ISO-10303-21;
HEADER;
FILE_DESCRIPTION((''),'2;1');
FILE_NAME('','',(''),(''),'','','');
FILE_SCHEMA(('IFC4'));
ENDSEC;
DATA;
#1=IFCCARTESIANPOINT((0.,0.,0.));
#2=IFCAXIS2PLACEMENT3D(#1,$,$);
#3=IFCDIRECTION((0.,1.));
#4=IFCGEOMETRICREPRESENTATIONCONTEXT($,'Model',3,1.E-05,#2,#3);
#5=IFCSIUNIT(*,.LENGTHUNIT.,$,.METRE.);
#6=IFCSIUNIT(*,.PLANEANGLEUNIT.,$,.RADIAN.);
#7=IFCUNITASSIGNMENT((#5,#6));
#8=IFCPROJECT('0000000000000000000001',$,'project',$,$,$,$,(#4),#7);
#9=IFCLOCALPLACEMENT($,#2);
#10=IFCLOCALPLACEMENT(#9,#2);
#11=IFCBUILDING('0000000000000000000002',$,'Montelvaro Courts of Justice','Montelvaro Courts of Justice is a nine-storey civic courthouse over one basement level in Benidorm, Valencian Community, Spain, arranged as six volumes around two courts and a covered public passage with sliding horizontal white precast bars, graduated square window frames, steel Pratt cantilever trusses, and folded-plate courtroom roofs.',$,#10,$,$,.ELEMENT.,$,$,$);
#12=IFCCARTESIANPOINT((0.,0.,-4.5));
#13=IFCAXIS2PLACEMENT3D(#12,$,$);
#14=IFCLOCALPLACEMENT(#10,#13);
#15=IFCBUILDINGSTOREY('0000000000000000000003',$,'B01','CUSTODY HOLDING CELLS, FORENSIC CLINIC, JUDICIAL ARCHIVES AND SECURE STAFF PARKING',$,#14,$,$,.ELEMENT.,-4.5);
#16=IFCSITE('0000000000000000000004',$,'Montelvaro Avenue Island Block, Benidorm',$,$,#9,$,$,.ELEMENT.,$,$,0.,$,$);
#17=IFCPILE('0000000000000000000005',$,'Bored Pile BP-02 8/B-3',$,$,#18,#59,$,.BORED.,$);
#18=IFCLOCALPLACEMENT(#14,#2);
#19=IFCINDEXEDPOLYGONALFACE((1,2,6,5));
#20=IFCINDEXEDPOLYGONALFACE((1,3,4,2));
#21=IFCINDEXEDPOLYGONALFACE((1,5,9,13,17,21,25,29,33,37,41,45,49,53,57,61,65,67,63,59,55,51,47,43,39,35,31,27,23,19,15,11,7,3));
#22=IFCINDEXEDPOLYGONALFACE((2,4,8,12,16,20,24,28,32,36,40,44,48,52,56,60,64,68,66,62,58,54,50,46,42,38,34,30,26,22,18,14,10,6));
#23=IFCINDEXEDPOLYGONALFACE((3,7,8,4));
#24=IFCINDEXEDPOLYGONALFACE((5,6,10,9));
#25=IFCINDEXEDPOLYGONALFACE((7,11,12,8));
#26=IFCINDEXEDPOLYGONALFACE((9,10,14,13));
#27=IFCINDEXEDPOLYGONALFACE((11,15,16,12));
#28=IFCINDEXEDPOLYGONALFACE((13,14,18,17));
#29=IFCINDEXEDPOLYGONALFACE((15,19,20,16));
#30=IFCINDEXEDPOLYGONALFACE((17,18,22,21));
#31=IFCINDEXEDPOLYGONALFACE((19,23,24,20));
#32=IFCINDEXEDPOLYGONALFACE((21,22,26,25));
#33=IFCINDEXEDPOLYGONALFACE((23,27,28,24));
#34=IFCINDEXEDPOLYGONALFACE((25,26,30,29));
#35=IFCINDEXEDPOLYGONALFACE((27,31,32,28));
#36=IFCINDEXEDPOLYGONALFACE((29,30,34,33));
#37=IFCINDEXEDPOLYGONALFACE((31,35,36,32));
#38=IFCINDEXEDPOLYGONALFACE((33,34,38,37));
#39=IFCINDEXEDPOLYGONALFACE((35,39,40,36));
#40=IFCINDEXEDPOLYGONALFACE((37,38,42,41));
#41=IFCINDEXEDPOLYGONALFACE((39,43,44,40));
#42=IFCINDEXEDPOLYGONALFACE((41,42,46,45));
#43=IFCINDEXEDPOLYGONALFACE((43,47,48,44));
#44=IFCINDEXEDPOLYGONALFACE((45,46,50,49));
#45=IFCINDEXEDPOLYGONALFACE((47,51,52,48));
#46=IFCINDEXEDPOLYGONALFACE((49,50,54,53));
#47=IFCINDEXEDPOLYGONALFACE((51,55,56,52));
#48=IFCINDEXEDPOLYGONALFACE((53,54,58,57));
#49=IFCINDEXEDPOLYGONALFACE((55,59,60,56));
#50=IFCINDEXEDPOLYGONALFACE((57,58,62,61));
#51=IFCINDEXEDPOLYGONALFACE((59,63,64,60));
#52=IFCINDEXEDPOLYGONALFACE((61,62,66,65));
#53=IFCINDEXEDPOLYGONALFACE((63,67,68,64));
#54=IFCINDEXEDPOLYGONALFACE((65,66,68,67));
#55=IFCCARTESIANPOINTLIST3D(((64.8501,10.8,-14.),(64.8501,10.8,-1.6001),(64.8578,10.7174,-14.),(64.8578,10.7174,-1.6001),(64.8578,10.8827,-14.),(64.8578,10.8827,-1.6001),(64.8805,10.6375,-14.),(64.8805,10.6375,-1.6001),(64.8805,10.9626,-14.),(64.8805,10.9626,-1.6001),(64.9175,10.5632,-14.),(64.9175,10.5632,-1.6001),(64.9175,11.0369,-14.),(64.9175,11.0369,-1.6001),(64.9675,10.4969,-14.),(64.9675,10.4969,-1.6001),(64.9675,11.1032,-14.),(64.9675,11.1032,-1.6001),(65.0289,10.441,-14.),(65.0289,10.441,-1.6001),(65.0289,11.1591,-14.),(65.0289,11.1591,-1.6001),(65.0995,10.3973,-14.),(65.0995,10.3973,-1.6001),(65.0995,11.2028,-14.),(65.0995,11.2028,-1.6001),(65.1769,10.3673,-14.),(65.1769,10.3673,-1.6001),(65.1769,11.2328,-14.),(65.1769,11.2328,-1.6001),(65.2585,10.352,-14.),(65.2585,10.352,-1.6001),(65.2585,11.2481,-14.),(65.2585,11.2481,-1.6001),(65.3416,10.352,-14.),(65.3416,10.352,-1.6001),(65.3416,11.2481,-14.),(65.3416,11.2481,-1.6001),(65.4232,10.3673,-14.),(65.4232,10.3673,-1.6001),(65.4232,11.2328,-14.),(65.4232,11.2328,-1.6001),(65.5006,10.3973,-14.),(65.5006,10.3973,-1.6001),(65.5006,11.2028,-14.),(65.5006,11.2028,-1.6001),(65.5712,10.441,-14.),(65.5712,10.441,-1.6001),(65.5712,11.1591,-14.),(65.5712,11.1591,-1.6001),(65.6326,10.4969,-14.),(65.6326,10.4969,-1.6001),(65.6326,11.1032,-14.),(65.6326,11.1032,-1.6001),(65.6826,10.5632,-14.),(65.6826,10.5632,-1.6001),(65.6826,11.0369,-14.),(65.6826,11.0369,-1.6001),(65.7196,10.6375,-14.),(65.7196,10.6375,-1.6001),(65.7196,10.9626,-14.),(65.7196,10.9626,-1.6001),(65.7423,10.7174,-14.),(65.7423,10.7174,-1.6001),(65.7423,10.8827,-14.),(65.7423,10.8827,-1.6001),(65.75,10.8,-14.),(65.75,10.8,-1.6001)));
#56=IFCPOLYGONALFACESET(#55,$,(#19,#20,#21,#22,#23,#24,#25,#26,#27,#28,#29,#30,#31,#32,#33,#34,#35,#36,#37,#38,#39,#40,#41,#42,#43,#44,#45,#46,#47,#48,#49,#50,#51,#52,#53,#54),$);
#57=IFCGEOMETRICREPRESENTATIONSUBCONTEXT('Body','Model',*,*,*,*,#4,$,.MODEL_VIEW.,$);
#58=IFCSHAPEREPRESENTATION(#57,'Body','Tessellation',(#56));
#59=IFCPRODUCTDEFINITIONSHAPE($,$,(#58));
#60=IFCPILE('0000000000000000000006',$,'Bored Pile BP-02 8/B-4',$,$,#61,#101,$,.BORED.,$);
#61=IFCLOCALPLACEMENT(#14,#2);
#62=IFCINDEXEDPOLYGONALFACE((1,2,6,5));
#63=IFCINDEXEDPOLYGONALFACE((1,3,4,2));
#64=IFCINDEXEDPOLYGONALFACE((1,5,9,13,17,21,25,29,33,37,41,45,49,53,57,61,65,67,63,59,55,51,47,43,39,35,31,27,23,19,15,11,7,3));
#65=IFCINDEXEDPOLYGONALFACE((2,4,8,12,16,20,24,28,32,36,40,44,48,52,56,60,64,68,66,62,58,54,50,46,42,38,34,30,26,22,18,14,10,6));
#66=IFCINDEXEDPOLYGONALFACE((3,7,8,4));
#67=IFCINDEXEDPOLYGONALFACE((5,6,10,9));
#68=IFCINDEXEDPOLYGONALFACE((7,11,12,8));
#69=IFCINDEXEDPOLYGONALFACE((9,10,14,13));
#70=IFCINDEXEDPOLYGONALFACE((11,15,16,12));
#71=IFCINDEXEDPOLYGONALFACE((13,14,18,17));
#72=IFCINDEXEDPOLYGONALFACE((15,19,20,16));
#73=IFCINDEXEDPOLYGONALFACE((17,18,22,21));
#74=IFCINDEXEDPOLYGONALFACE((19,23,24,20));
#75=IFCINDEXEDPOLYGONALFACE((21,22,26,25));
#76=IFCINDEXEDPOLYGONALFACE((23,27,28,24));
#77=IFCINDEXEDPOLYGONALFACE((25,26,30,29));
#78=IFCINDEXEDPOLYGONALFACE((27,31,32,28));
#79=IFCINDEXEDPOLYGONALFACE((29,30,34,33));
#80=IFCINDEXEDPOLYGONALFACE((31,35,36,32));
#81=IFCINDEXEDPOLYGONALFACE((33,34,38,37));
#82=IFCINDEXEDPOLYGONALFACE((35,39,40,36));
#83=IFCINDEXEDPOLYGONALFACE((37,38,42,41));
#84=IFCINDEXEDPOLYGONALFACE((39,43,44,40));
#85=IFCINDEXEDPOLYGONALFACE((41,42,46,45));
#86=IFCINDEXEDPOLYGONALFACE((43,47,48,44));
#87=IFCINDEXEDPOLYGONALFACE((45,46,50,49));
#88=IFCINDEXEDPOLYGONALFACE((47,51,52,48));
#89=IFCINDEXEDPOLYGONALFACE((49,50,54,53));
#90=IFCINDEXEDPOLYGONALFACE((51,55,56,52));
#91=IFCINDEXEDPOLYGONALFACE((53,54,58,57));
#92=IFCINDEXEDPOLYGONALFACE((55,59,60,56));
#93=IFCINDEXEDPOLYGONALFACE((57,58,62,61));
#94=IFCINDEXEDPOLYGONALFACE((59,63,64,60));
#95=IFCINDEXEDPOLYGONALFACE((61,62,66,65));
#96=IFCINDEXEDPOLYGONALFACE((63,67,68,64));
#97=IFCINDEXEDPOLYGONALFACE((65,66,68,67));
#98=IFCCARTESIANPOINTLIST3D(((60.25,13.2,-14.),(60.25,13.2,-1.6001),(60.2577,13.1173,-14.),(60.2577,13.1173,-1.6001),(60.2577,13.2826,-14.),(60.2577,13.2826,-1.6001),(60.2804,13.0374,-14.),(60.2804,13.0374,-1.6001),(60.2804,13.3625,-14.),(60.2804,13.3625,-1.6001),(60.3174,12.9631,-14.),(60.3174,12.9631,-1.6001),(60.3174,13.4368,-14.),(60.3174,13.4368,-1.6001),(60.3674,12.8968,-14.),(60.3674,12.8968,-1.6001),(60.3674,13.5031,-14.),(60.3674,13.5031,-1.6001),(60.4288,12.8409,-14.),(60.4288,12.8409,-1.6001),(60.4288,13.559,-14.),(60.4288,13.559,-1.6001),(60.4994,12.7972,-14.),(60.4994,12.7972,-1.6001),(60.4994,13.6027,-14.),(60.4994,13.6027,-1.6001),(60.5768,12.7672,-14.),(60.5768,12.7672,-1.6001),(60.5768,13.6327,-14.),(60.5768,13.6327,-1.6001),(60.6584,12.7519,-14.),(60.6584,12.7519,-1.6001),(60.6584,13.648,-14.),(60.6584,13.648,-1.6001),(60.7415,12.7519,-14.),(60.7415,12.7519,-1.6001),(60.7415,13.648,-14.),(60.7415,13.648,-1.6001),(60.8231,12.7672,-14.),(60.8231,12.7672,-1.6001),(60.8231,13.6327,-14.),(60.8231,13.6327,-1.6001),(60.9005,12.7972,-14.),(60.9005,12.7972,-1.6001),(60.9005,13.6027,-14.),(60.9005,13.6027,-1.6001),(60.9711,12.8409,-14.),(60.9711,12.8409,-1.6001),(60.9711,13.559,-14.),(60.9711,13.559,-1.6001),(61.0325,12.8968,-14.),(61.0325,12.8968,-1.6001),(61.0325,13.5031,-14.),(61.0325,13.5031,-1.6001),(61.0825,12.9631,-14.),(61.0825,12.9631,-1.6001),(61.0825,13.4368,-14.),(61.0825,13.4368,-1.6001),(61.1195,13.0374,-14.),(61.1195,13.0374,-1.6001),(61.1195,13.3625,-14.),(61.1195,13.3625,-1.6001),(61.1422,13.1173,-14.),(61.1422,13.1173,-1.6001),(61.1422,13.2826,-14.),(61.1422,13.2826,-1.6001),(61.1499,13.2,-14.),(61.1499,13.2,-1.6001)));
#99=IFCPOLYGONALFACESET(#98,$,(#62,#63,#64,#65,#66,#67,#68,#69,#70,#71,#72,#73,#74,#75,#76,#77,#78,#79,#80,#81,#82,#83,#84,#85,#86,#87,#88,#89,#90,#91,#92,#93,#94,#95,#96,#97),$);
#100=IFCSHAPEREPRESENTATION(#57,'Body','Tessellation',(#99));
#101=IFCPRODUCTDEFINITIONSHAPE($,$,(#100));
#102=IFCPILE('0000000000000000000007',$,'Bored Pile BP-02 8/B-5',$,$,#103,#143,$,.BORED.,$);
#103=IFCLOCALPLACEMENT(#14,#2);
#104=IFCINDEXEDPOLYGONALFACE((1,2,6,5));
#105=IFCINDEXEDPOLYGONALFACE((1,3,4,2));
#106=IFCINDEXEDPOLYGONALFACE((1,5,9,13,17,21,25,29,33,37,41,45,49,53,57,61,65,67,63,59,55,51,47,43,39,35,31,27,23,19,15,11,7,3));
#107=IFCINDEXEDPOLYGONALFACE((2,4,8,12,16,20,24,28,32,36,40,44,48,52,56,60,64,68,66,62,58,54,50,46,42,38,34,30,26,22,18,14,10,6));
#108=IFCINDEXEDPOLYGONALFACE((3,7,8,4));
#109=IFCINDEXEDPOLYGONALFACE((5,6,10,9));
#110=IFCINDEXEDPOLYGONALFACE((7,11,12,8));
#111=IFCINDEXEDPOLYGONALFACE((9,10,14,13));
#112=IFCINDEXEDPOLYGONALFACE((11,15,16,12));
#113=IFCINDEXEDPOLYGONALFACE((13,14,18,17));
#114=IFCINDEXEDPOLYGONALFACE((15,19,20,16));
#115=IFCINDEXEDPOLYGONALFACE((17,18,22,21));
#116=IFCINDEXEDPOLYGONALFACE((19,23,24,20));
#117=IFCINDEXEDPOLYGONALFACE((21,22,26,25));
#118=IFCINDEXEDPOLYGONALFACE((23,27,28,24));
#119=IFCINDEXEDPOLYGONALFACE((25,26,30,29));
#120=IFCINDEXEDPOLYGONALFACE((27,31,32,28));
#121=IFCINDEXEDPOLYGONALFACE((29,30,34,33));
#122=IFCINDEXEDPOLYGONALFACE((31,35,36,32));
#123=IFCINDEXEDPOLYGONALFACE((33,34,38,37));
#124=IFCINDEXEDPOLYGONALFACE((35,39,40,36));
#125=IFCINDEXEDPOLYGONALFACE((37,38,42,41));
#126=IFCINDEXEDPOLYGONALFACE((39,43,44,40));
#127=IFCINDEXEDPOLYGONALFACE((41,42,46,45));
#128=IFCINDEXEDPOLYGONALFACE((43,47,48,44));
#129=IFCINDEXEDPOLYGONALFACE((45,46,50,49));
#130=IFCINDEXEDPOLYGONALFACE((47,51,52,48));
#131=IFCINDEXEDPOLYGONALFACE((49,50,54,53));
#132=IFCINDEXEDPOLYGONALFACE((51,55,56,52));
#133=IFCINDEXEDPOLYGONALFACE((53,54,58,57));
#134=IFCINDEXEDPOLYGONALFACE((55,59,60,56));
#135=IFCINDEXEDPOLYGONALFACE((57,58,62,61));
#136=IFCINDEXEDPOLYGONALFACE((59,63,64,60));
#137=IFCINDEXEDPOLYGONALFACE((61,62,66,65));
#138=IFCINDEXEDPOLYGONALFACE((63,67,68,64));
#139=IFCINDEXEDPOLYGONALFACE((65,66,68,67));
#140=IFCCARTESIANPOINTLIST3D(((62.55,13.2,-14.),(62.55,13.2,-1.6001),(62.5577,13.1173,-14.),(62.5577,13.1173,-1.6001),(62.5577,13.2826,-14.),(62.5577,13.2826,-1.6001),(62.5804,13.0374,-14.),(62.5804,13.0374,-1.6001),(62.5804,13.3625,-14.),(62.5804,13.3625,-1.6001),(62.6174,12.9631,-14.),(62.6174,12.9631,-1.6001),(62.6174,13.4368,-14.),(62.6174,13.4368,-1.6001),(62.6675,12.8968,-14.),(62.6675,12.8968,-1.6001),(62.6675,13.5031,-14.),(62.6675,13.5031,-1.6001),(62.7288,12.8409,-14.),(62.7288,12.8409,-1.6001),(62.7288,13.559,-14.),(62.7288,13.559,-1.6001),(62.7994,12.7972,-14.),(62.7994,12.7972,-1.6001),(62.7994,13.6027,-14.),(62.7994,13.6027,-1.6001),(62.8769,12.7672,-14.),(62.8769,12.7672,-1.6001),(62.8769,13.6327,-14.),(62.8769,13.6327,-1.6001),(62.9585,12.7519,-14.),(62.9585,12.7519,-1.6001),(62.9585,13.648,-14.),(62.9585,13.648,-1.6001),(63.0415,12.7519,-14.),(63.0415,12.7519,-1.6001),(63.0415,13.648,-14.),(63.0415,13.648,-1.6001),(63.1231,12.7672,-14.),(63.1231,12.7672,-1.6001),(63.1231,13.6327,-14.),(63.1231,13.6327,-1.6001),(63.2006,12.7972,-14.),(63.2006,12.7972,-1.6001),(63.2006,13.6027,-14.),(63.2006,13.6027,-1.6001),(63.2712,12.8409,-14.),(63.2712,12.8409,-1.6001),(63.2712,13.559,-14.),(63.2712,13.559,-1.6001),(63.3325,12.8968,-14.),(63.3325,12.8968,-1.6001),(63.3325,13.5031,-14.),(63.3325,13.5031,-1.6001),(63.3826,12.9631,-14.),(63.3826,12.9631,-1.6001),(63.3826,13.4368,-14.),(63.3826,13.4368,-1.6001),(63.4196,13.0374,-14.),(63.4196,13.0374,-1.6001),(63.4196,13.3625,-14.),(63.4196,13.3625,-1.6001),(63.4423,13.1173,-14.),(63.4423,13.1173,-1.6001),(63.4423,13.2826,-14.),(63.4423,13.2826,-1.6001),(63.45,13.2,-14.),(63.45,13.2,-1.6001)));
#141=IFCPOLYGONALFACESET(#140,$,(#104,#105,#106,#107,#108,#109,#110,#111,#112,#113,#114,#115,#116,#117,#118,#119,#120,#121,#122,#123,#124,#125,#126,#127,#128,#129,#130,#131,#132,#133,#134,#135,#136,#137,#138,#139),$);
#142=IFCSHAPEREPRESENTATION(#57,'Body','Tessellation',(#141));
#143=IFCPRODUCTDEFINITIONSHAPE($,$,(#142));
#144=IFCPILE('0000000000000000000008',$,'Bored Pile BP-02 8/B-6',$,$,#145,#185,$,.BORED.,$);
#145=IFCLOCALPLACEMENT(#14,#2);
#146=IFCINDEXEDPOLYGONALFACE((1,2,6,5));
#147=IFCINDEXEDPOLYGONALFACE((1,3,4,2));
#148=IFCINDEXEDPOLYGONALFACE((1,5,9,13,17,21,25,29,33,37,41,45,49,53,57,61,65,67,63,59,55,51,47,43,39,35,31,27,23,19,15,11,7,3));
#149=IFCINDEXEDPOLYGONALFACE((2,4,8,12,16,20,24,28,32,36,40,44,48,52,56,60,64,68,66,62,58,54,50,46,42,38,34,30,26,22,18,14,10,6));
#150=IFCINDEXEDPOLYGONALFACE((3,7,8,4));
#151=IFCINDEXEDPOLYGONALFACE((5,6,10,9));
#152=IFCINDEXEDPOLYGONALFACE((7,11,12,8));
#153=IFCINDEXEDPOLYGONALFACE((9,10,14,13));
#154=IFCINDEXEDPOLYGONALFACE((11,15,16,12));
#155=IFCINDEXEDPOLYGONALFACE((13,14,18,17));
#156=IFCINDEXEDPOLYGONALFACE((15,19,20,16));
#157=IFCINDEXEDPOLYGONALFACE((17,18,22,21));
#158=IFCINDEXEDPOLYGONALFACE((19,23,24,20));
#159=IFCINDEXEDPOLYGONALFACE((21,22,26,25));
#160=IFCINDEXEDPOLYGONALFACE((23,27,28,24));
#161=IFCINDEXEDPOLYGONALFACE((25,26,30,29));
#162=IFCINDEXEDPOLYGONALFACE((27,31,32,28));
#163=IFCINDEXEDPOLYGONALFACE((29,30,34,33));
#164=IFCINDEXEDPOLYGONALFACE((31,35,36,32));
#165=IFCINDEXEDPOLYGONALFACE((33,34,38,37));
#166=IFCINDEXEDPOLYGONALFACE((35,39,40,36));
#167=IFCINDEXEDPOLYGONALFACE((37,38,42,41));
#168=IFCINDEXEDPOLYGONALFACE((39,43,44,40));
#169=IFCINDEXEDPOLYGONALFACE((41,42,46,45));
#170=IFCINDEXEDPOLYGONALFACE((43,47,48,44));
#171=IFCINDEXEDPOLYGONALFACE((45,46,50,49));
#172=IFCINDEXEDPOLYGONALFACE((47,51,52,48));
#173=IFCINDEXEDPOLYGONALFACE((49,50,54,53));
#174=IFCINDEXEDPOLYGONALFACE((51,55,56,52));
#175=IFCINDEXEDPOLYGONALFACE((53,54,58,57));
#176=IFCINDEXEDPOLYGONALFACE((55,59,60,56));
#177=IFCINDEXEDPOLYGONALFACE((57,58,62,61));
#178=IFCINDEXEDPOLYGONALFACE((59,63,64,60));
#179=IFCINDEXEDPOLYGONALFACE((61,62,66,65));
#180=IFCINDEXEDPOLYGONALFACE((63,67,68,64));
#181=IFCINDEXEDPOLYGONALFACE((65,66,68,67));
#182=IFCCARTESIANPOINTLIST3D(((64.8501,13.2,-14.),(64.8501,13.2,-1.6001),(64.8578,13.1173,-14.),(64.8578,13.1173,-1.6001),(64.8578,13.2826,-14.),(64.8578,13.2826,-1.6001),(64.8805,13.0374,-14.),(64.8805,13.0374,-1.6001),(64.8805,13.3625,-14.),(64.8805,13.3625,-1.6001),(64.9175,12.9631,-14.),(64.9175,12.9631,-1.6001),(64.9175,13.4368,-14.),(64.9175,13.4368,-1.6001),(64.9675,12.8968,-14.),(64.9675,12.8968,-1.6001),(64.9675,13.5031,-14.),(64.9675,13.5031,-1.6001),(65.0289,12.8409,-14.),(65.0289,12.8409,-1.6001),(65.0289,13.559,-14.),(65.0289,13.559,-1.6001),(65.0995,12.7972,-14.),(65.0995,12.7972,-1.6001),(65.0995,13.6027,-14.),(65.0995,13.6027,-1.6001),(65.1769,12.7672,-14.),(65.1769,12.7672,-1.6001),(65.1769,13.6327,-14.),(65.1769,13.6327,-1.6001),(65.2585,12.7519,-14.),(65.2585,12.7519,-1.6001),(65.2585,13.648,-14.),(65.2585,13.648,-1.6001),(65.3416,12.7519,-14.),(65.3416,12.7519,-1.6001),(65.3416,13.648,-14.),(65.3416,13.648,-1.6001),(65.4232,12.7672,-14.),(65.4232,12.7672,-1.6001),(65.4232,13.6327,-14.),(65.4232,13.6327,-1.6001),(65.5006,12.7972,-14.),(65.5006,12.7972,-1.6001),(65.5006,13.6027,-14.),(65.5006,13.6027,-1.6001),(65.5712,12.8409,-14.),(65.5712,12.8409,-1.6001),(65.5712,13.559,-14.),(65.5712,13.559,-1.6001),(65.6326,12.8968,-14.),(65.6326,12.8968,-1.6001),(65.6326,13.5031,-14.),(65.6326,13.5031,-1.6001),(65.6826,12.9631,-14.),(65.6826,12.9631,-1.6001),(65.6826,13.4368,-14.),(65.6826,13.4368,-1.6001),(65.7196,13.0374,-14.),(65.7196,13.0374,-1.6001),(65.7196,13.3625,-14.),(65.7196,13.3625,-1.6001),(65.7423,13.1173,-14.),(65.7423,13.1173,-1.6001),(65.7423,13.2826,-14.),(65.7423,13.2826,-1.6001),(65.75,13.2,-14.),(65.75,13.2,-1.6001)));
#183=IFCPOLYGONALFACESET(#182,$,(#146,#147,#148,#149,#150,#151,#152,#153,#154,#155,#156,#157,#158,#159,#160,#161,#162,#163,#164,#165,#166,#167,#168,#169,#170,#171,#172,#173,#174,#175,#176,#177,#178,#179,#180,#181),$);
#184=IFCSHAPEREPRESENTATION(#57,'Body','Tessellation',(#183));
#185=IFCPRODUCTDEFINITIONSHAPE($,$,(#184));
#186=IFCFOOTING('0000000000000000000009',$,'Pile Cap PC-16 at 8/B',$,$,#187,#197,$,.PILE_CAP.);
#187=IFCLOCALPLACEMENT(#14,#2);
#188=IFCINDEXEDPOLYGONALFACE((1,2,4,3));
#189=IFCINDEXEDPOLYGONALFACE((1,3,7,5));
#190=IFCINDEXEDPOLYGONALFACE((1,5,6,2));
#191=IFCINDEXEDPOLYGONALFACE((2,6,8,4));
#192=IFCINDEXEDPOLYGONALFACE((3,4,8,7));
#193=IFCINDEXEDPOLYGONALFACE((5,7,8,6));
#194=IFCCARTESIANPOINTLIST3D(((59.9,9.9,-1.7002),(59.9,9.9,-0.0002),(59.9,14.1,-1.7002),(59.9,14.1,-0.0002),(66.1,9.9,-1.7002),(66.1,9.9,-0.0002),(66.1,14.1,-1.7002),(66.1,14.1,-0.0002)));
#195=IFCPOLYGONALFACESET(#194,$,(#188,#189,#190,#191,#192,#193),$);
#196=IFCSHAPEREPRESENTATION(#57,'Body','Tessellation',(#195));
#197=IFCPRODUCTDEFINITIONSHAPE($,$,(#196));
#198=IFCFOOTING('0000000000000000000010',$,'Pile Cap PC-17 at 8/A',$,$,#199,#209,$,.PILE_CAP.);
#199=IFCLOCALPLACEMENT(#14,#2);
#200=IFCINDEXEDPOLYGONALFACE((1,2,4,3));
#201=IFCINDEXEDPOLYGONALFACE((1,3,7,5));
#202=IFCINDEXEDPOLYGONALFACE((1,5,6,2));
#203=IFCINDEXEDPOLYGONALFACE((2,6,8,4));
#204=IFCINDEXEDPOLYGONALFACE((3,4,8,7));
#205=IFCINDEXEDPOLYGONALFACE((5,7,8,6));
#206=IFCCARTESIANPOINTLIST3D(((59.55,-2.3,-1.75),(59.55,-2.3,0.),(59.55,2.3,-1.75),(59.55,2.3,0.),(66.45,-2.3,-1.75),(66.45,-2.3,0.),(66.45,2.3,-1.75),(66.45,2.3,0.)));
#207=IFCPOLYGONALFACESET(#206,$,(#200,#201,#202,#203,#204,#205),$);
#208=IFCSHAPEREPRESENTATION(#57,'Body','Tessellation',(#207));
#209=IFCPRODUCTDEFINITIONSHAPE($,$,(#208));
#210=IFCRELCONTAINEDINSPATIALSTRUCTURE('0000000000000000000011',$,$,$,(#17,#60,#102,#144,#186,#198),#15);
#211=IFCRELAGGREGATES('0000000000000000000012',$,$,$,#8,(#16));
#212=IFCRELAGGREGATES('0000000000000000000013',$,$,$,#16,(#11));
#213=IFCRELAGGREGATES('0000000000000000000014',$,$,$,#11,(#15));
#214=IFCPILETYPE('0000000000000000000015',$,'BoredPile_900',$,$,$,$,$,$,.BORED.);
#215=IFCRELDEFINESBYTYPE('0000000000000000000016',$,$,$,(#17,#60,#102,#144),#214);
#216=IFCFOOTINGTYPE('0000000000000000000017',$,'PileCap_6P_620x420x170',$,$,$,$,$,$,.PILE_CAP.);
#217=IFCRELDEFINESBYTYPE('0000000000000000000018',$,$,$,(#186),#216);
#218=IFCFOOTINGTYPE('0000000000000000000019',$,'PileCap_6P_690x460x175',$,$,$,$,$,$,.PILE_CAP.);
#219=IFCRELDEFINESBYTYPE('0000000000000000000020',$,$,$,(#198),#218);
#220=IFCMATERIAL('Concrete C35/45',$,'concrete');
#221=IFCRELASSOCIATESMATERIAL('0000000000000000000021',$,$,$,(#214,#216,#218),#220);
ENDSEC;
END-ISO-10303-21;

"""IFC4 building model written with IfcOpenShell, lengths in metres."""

from ifc_helpers import new_model, si_unit, direction, frame, origin, origin_2d, place, context, subcontext, project, spatial, rectangle, circle, extrude, material, material_profile, profile_set, type_object, element, save


model = new_model("IFC4")

# Units and contexts
model_context = context("Model", 3, precision=1e-05, world=origin(), true_north=direction((0.0, 1.0)))
body_context = subcontext(model_context, "Body", "Model", "MODEL_VIEW")
ifc_project = project(units=[si_unit("LENGTHUNIT", "METRE"), si_unit("PLANEANGLEUNIT", "RADIAN")], contexts=[model_context])

# Site, building, storey
site_placement = place(None, origin())
site = spatial("IfcSite", under=ifc_project, at=site_placement, Name="Montelvaro Avenue Island Block, Benidorm", CompositionType="ELEMENT", RefElevation=0.0)
building_placement = place(site_placement, origin())
building = spatial("IfcBuilding", under=site, at=building_placement, Name="Montelvaro Courts of Justice", Description="Montelvaro Courts of Justice is a nine-storey civic courthouse over one basement level in Benidorm, Valencian Community, Spain, arranged as six volumes around two courts and a covered public passage with sliding horizontal white precast bars, graduated square window frames, steel Pratt cantilever trusses, and folded-plate courtroom roofs.", CompositionType="ELEMENT")
storey_placement = place(building_placement, frame((0.0, 0.0, -4.5)))
storey = spatial("IfcBuildingStorey", under=building, at=storey_placement, Name="B01", Description="CUSTODY HOLDING CELLS, FORENSIC CLINIC, JUDICIAL ARCHIVES AND SECURE STAFF PARKING", CompositionType="ELEMENT", Elevation=-4.5)

# Piles
ifc_material_1 = material(Name="Concrete C35/45", Category="concrete")
ifc_material_profile_1 = material_profile(ifc_material_1, circle(Radius=0.45, at=origin_2d()), Name="BORED PILE D900")
ifc_profile_set_1 = profile_set([ifc_material_profile_1], Name="Concrete C35/45")
pile_type_1 = type_object("IfcPileType", Name="BoredPile_900", PredefinedType="BORED", material=ifc_profile_set_1)
for number, where, z_axis, x_axis, name in (
    (1, (65.3, 10.8, -1.6001), (0.0, 0.0, -1.0), (1.0, 0.0, 0.0), "Bored Pile BP-02 8/B-3"),
    (2, (60.7, 13.2, -1.6001), (0.0, 0.0, -1.0), (1.0, 0.0, 0.0), "Bored Pile BP-02 8/B-4"),
    (3, (63.0, 13.2, -1.6001), (0.0, 0.0, -1.0), (1.0, 0.0, 0.0), "Bored Pile BP-02 8/B-5"),
    (4, (65.3, 13.2, -1.6001), (0.0, 0.0, -1.0), (1.0, 0.0, 0.0), "Bored Pile BP-02 8/B-6"),
):
    element("IfcPile", number, at=place(storey_placement, frame(where, z_axis=z_axis, x_axis=x_axis)), inside=storey, type_object=pile_type_1, Name=name, PredefinedType="BORED", context=body_context, shape_type="SweptSolid", body=[
        extrude(circle(Radius=0.45, at=origin_2d()), origin(), (0.0, 0.0, 1.0), 12.3999),
    ])

# Footings
footing_type_1 = type_object("IfcFootingType", Name="PileCap_6P_620x420x170", PredefinedType="PILE_CAP", material=ifc_material_1)
footing_1_placement = place(storey_placement, frame((63.0, 12.0, -1.7002), z_axis=(0.0, 0.0, 1.0), x_axis=(1.0, 0.0, 0.0)))
element("IfcFooting", 5, at=footing_1_placement, inside=storey, type_object=footing_type_1, Name="Pile Cap PC-16 at 8/B", PredefinedType="PILE_CAP", context=body_context, shape_type="SweptSolid", body=[
    extrude(rectangle(XDim=6.2, YDim=4.2, at=origin_2d()), origin(), (0.0, 0.0, 1.0), 1.7),
])
footing_type_2 = type_object("IfcFootingType", Name="PileCap_6P_690x460x175", PredefinedType="PILE_CAP", material=ifc_material_1)
footing_2_placement = place(storey_placement, frame((63.0, 0.0, -1.75), z_axis=(0.0, 0.0, 1.0), x_axis=(1.0, 0.0, 0.0)))
element("IfcFooting", 6, at=footing_2_placement, inside=storey, type_object=footing_type_2, Name="Pile Cap PC-17 at 8/A", PredefinedType="PILE_CAP", context=body_context, shape_type="SweptSolid", body=[
    extrude(rectangle(XDim=6.8999, YDim=4.6001, at=origin_2d()), origin(), (0.0, 0.0, 1.0), 1.75),
])

save(model, "model.ifc")
